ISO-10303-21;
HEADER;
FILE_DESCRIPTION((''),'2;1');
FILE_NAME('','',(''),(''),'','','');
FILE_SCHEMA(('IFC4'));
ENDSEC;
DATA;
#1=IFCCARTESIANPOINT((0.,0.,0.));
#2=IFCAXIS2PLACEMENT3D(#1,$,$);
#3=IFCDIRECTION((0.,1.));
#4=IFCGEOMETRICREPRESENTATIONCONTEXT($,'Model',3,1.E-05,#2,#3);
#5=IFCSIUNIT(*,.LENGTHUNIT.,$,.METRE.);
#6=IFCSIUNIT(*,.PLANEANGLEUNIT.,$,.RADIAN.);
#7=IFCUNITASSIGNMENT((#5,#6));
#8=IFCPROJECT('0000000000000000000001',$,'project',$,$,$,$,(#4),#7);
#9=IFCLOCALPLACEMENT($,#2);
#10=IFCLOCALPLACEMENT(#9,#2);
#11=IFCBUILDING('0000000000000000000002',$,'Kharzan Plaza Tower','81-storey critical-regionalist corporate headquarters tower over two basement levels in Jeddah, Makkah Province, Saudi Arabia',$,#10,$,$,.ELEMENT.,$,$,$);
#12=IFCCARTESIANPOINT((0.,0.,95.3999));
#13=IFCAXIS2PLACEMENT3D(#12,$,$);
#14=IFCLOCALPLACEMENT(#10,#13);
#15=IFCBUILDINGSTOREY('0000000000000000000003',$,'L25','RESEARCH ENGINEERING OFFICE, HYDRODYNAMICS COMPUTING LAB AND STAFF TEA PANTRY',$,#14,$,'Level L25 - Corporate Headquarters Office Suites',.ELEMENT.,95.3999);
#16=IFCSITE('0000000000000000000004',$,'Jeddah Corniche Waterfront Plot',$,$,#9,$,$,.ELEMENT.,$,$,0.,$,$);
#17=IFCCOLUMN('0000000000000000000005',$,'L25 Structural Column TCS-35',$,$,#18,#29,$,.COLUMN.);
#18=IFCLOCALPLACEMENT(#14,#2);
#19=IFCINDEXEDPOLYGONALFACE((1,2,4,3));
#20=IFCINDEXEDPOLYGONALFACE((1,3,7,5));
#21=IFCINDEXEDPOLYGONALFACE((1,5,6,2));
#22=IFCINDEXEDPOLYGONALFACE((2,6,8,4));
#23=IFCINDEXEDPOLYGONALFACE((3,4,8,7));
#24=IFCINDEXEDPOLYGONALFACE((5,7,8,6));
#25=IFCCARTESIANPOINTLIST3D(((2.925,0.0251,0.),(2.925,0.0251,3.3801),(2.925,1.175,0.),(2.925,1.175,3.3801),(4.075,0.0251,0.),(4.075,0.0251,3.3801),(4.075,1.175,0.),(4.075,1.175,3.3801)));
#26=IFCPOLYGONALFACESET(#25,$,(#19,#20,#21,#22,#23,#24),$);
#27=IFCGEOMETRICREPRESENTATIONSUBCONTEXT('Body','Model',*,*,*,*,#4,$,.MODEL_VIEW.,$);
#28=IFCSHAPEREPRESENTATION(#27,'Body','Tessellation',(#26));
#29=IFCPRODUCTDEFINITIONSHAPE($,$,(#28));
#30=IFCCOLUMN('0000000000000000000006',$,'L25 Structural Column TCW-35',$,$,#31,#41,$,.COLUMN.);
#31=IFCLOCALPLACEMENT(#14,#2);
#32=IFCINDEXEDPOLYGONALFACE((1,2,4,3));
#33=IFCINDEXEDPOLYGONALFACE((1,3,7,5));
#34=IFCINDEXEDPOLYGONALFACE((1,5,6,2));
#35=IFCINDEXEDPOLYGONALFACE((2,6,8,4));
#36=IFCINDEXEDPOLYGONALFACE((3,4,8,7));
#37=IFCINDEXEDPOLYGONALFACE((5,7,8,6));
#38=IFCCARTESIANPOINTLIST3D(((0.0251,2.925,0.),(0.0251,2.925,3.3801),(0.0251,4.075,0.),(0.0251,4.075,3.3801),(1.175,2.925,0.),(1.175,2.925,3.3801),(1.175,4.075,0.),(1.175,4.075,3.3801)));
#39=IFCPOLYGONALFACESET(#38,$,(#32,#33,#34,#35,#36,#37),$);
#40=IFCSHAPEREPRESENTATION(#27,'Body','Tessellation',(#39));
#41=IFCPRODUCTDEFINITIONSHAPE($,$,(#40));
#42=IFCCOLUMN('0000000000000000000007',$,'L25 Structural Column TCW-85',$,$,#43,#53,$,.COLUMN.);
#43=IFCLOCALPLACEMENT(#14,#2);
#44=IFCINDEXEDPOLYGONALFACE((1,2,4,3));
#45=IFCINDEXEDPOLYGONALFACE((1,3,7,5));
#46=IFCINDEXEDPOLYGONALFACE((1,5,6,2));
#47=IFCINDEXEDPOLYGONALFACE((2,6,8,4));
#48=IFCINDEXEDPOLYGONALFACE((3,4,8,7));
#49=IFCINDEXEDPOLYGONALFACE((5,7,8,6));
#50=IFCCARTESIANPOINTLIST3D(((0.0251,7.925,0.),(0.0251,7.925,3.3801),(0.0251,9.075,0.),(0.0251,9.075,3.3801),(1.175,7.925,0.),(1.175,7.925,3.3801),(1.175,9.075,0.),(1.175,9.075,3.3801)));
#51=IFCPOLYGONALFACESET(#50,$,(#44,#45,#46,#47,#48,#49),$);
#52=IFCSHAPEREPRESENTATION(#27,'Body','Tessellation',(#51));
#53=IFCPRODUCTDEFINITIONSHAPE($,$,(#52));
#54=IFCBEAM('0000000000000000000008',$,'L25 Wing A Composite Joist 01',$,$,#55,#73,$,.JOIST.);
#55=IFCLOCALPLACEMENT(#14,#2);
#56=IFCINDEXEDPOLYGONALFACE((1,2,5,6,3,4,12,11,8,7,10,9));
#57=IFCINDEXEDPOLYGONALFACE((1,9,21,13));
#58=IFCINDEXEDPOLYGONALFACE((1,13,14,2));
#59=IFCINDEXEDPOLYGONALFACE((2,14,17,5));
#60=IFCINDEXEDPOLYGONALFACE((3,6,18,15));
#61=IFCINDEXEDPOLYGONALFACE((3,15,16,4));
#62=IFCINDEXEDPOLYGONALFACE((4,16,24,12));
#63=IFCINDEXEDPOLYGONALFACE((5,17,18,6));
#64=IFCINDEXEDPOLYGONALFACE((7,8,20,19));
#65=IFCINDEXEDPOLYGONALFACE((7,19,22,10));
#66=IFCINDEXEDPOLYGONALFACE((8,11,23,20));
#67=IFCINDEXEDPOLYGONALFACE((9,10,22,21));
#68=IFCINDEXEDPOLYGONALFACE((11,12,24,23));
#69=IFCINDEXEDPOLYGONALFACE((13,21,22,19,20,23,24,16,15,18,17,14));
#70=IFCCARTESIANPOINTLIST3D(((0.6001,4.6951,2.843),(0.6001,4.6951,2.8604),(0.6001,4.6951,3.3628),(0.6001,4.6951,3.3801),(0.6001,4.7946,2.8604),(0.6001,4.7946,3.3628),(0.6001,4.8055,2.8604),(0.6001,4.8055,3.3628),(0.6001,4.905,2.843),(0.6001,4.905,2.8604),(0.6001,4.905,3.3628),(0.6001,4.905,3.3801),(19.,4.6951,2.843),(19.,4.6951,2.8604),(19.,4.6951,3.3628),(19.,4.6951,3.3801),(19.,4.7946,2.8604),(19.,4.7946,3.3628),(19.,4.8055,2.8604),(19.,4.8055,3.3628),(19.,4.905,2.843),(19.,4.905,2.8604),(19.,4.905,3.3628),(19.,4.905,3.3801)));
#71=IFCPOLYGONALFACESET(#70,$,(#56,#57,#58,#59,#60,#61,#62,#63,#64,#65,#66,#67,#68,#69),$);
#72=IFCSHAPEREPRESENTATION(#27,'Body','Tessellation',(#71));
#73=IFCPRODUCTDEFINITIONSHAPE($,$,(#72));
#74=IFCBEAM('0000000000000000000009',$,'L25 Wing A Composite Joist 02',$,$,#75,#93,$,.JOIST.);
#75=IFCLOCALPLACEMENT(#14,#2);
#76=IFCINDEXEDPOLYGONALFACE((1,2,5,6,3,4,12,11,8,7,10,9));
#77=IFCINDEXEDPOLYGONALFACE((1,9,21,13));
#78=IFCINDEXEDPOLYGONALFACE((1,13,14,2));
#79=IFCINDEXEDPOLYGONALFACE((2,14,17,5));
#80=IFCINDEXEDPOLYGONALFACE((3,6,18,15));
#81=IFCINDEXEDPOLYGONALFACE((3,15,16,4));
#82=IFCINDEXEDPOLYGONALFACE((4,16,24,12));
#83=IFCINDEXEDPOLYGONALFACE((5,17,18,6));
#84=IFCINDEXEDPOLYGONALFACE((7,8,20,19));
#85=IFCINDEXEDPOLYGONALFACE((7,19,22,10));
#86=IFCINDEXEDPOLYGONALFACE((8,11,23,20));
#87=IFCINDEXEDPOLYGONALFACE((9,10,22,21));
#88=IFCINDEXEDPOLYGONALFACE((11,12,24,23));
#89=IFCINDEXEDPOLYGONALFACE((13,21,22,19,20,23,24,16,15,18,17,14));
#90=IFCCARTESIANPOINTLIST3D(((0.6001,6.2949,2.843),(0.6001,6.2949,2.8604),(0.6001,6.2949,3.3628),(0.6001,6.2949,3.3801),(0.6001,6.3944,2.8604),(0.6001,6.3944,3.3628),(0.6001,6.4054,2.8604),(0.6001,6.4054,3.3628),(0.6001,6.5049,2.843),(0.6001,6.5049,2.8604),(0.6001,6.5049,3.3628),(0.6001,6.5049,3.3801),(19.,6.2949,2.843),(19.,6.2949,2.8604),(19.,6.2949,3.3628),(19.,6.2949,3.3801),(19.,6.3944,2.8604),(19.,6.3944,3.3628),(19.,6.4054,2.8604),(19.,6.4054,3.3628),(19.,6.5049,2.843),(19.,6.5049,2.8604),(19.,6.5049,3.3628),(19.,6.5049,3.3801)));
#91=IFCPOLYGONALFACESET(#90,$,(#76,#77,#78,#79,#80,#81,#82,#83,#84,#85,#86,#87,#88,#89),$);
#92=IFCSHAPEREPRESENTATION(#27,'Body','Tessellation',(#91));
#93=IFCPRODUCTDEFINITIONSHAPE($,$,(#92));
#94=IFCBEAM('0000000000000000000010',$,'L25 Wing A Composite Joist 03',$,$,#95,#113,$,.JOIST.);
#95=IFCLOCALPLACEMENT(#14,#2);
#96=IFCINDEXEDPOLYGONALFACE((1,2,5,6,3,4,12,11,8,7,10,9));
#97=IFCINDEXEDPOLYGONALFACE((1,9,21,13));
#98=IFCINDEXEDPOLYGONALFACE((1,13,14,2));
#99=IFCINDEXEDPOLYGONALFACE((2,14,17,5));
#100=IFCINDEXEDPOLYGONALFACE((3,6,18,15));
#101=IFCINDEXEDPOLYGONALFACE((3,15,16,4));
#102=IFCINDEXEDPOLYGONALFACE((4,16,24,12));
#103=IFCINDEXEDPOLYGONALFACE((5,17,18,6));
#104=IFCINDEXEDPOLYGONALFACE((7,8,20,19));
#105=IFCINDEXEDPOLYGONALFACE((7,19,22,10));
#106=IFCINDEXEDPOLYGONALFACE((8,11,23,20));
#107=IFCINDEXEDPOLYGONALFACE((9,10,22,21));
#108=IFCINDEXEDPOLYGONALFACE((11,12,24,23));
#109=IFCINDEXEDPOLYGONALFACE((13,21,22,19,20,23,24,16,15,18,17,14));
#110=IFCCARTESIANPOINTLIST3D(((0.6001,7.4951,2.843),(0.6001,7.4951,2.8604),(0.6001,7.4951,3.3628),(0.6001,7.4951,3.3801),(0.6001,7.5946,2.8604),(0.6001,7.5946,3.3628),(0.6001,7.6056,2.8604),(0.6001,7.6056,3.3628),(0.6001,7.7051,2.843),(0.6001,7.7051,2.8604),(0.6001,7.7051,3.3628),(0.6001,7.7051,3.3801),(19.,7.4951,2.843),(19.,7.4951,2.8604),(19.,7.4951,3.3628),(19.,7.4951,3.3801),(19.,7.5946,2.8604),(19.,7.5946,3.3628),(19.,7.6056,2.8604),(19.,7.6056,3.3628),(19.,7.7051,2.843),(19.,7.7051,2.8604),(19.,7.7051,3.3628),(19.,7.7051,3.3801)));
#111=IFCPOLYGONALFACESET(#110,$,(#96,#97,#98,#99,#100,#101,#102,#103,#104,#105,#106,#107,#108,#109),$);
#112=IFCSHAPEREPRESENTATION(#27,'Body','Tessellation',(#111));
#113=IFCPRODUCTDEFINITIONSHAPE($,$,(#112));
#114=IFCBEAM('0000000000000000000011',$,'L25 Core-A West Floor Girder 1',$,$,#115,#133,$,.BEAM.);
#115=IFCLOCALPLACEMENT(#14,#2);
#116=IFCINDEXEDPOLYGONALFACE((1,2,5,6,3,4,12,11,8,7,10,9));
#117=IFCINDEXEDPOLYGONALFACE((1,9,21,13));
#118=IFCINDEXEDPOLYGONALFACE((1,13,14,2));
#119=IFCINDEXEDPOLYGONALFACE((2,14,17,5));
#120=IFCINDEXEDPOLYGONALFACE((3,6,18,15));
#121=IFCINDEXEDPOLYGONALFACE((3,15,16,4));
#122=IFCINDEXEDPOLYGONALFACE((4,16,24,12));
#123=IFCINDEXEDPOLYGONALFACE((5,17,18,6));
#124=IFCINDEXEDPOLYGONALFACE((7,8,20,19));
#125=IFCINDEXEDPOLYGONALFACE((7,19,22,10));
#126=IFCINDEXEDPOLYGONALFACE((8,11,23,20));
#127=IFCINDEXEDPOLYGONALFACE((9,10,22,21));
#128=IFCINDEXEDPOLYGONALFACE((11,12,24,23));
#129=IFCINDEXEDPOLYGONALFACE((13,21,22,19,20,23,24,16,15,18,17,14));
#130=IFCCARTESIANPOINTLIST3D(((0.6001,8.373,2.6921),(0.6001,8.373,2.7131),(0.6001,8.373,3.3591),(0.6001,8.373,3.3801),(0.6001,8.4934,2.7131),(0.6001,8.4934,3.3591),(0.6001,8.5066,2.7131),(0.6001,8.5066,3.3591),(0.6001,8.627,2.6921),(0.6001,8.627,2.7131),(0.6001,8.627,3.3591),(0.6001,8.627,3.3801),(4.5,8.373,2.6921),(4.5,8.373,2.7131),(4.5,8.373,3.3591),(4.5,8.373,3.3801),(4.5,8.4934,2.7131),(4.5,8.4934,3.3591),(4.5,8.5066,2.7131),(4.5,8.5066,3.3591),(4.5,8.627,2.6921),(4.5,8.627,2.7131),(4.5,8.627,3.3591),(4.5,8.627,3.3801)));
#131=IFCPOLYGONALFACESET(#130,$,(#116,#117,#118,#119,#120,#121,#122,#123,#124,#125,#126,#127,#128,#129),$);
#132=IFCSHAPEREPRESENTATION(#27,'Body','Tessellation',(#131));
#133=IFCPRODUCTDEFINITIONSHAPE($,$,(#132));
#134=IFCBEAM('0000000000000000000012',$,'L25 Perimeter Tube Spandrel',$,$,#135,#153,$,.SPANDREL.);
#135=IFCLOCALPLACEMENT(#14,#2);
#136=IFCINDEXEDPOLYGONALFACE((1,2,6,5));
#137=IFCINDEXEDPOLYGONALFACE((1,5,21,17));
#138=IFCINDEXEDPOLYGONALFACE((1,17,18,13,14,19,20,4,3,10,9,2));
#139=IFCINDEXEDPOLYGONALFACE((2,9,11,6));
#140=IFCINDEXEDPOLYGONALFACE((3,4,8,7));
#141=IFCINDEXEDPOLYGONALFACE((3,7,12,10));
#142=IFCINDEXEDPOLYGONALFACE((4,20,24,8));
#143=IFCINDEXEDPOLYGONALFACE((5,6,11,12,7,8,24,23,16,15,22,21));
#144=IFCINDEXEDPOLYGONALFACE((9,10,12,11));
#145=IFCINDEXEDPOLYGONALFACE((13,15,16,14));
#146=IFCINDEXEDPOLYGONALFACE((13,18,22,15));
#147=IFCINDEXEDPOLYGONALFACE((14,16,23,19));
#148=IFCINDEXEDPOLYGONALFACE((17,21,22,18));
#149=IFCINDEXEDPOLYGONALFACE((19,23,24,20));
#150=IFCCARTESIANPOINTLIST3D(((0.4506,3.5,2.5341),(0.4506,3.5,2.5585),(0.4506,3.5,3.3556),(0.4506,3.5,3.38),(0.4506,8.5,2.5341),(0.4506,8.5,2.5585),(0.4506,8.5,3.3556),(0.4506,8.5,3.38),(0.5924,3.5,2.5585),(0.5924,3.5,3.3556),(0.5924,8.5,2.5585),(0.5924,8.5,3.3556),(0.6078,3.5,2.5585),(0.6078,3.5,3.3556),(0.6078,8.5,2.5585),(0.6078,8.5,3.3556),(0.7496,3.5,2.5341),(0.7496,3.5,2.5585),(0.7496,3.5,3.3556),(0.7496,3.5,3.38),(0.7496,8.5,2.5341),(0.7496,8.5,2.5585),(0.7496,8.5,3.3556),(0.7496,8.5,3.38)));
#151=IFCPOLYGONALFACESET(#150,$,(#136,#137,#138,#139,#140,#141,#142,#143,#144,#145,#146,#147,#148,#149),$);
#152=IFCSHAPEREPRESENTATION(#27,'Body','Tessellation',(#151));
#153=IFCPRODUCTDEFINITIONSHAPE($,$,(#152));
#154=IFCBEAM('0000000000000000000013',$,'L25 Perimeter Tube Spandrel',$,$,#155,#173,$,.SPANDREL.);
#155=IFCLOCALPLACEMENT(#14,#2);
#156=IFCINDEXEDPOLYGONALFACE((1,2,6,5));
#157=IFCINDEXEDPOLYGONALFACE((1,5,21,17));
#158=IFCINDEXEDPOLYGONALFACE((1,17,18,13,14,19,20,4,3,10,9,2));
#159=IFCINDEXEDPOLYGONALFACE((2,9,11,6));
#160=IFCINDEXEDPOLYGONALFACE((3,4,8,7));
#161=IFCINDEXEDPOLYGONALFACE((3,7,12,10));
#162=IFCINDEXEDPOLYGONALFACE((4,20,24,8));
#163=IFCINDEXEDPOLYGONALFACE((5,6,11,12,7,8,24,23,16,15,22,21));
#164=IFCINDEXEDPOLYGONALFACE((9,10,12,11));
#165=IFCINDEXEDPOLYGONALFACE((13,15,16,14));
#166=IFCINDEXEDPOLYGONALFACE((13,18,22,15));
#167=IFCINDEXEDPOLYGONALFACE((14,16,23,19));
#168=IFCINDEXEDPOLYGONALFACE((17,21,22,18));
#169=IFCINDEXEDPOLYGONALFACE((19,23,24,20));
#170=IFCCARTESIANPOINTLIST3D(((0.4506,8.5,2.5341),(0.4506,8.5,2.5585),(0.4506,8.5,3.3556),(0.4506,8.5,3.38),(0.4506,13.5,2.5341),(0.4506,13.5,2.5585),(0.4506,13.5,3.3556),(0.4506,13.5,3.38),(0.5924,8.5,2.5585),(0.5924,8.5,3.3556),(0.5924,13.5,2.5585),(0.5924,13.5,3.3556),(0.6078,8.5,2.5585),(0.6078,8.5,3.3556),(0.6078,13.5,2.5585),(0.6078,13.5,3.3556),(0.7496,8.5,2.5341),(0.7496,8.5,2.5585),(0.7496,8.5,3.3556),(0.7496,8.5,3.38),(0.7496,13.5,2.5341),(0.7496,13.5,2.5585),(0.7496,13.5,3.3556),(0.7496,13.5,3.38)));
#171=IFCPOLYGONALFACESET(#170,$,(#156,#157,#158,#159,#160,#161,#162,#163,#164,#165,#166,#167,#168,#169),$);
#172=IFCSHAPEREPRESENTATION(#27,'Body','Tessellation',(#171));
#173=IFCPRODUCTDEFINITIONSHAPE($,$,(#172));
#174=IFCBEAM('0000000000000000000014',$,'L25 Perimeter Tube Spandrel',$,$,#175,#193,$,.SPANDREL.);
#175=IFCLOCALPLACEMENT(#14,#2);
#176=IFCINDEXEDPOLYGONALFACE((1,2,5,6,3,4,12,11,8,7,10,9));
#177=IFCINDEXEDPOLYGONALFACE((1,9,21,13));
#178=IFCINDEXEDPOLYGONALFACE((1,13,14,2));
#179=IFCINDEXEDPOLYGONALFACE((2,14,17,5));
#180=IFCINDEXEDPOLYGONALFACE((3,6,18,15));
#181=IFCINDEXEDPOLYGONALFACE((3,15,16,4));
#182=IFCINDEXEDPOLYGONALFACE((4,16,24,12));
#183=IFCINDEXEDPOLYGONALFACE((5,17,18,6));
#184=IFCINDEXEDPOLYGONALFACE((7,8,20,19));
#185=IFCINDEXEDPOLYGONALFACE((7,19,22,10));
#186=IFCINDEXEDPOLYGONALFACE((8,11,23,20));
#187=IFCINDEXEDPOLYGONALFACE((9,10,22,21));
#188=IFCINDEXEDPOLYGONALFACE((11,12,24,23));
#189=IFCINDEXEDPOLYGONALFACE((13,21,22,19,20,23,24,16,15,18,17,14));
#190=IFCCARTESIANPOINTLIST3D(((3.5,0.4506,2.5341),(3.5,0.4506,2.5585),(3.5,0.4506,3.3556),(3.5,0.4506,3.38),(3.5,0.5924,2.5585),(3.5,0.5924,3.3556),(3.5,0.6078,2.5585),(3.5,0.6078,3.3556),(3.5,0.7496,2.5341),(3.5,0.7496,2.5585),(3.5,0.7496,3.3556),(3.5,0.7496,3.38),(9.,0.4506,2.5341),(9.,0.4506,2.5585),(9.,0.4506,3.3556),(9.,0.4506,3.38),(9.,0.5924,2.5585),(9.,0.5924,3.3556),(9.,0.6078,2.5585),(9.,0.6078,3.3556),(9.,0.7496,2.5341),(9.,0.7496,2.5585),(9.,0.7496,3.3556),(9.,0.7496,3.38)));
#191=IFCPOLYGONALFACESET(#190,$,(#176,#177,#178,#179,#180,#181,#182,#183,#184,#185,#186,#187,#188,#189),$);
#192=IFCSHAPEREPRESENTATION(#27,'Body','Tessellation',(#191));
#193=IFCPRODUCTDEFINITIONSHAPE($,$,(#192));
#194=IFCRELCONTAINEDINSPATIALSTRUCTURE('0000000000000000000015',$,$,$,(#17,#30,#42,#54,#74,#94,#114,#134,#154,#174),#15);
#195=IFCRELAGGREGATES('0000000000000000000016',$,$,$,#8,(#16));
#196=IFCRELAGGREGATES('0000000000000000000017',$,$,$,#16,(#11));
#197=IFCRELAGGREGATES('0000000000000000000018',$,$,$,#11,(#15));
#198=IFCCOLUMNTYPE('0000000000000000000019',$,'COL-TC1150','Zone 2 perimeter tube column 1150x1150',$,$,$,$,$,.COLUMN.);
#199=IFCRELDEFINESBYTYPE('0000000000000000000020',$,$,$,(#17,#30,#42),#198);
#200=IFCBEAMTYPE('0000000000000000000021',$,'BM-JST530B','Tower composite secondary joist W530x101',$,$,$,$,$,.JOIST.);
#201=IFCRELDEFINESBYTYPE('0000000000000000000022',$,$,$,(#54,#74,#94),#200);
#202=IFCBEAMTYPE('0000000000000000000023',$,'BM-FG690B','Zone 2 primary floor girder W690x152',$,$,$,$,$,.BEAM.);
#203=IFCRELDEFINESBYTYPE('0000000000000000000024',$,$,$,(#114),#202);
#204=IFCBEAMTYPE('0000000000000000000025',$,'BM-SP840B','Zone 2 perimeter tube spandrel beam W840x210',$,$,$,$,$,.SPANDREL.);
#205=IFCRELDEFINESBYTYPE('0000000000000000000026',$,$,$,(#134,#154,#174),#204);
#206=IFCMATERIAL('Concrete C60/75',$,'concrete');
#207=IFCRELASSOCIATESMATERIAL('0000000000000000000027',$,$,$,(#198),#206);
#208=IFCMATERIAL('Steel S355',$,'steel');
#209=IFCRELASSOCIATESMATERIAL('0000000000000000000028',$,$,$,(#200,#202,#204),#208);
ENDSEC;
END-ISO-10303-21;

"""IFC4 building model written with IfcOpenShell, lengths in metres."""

from ifc_helpers import new_model, si_unit, direction, frame, origin, origin_2d, place, context, subcontext, project, spatial, rectangle, i_section, extrude, source, transform, mapped, material, material_profile, profile_set, type_object, element, save


model = new_model("IFC4")

# Units and contexts
model_context = context("Model", 3, precision=1e-05, world=origin(), true_north=direction((0.0, 1.0)))
body_context = subcontext(model_context, "Body", "Model", "MODEL_VIEW")
ifc_project = project(units=[si_unit("LENGTHUNIT", "METRE"), si_unit("PLANEANGLEUNIT", "RADIAN")], contexts=[model_context])

# Site, building, storey
site_placement = place(None, origin())
site = spatial("IfcSite", under=ifc_project, at=site_placement, Name="Jeddah Corniche Waterfront Plot", CompositionType="ELEMENT", RefElevation=0.0)
building_placement = place(site_placement, origin())
building = spatial("IfcBuilding", under=site, at=building_placement, Name="Kharzan Plaza Tower", Description="81-storey critical-regionalist corporate headquarters tower over two basement levels in Jeddah, Makkah Province, Saudi Arabia", CompositionType="ELEMENT")
storey_placement = place(building_placement, frame((0.0, 0.0, 95.3999)))
storey = spatial("IfcBuildingStorey", under=building, at=storey_placement, Name="L25", Description="RESEARCH ENGINEERING OFFICE, HYDRODYNAMICS COMPUTING LAB AND STAFF TEA PANTRY", LongName="Level L25 - Corporate Headquarters Office Suites", CompositionType="ELEMENT", Elevation=95.3999)

# Columns
ifc_material_1 = material(Name="Concrete C60/75", Category="concrete")
ifc_material_profile_1 = material_profile(ifc_material_1, rectangle(XDim=1.1499, YDim=1.1499, at=origin_2d()), Name="RC-TC1150x1150")
ifc_profile_set_1 = profile_set([ifc_material_profile_1], Name="Concrete C60/75")
column_type = type_object("IfcColumnType", Name="COL-TC1150", Description="Zone 2 perimeter tube column 1150x1150", PredefinedType="COLUMN", material=ifc_profile_set_1)
shared_shape_1 = source(origin(), body_context, "Body", "SweptSolid", [
    extrude(rectangle(XDim=1.1499, YDim=1.1499, at=origin_2d()), origin(), (0.0, 0.0, 1.0), 3.3801),
])
for number, where, z_axis, x_axis, name in (
    (1, (3.5, 0.6001, 0.0), (0.0, 0.0, 1.0), (1.0, 0.0, 0.0), "L25 Structural Column TCS-35"),
    (2, (0.6001, 3.5, 0.0), (0.0, 0.0, 1.0), (1.0, 0.0, 0.0), "L25 Structural Column TCW-35"),
    (3, (0.6001, 8.5, 0.0), (0.0, 0.0, 1.0), (1.0, 0.0, 0.0), "L25 Structural Column TCW-85"),
):
    element("IfcColumn", number, at=place(storey_placement, frame(where, z_axis=z_axis, x_axis=x_axis)), inside=storey, type_object=column_type, Name=name, PredefinedType="COLUMN", context=body_context, shape_type="MappedRepresentation", body=[
        mapped(shared_shape_1, transform((0.0, 0.0, 0.0), x_axis=(1.0, 0.0, 0.0), y_axis=(0.0, 1.0, 0.0), z_axis=(0.0, 0.0, 1.0))),
    ])

# Beams
ifc_material_2 = material(Name="Steel S355", Category="steel")
ifc_material_profile_2 = material_profile(ifc_material_2, i_section(OverallWidth=0.21, OverallDepth=0.5371, WebThickness=0.011, FlangeThickness=0.0173, at=origin_2d()), Name="W530x101")
ifc_profile_set_2 = profile_set([ifc_material_profile_2], Name="Steel S355")
beam_type_1 = type_object("IfcBeamType", Name="BM-JST530B", Description="Tower composite secondary joist W530x101", PredefinedType="JOIST", material=ifc_profile_set_2)
shared_shape_2 = source(origin(), body_context, "Body", "SweptSolid", [
    extrude(i_section(OverallWidth=0.21, OverallDepth=0.5371, WebThickness=0.011, FlangeThickness=0.0173, at=origin_2d()), origin(), (0.0, 0.0, 1.0), 18.3999),
])
for number, where, z_axis, x_axis, name in (
    (4, (0.6001, 4.8, 3.1116), (1.0, 0.0, 0.0), (0.0, 1.0, 0.0), "L25 Wing A Composite Joist 01"),
    (5, (0.6001, 6.3999, 3.1116), (1.0, 0.0, 0.0), (0.0, 1.0, 0.0), "L25 Wing A Composite Joist 02"),
    (6, (0.6001, 7.6001, 3.1116), (1.0, 0.0, 0.0), (0.0, 1.0, 0.0), "L25 Wing A Composite Joist 03"),
):
    element("IfcBeam", number, at=place(storey_placement, frame(where, z_axis=z_axis, x_axis=x_axis)), inside=storey, type_object=beam_type_1, Name=name, PredefinedType="JOIST", context=body_context, shape_type="MappedRepresentation", body=[
        mapped(shared_shape_2, transform((0.0, 0.0, 0.0), x_axis=(1.0, 0.0, 0.0), y_axis=(0.0, 1.0, 0.0), z_axis=(0.0, 0.0, 1.0))),
    ])
ifc_material_profile_3 = material_profile(ifc_material_2, i_section(OverallWidth=0.2539, OverallDepth=0.688, WebThickness=0.0132, FlangeThickness=0.021, at=origin_2d()), Name="W690x152")
ifc_profile_set_3 = profile_set([ifc_material_profile_3], Name="Steel S355")
beam_type_2 = type_object("IfcBeamType", Name="BM-FG690B", Description="Zone 2 primary floor girder W690x152", PredefinedType="BEAM", material=ifc_profile_set_3)
shared_shape_3 = source(origin(), body_context, "Body", "SweptSolid", [
    extrude(i_section(OverallWidth=0.2539, OverallDepth=0.688, WebThickness=0.0132, FlangeThickness=0.021, at=origin_2d()), origin(), (0.0, 0.0, 1.0), 3.8999),
])
beam_1_placement = place(storey_placement, frame((0.6001, 8.5, 3.0361), z_axis=(1.0, 0.0, 0.0), x_axis=(0.0, 1.0, 0.0)))
element("IfcBeam", 7, at=beam_1_placement, inside=storey, type_object=beam_type_2, Name="L25 Core-A West Floor Girder 1", PredefinedType="BEAM", context=body_context, shape_type="MappedRepresentation", body=[
    mapped(shared_shape_3, transform((0.0, 0.0, 0.0), x_axis=(1.0, 0.0, 0.0), y_axis=(0.0, 1.0, 0.0), z_axis=(0.0, 0.0, 1.0))),
])
ifc_material_profile_4 = material_profile(ifc_material_2, i_section(OverallWidth=0.2991, OverallDepth=0.8459, WebThickness=0.0154, FlangeThickness=0.0244, at=origin_2d()), Name="W840x210")
ifc_profile_set_4 = profile_set([ifc_material_profile_4], Name="Steel S355")
beam_type_3 = type_object("IfcBeamType", Name="BM-SP840B", Description="Zone 2 perimeter tube spandrel beam W840x210", PredefinedType="SPANDREL", material=ifc_profile_set_4)
shared_shape_4 = source(origin(), body_context, "Body", "SweptSolid", [
    extrude(i_section(OverallWidth=0.2991, OverallDepth=0.8459, WebThickness=0.0154, FlangeThickness=0.0244, at=origin_2d()), origin(), (0.0, 0.0, 1.0), 5.0),
])
for number, where, z_axis, x_axis, name in (
    (8, (0.6001, 3.5, 2.957), (0.0, 1.0, 0.0), (-1.0, 0.0, 0.0), "L25 Perimeter Tube Spandrel"),
    (9, (0.6001, 8.5, 2.957), (0.0, 1.0, 0.0), (-1.0, 0.0, 0.0), "L25 Perimeter Tube Spandrel"),
):
    element("IfcBeam", number, at=place(storey_placement, frame(where, z_axis=z_axis, x_axis=x_axis)), inside=storey, type_object=beam_type_3, Name=name, PredefinedType="SPANDREL", context=body_context, shape_type="MappedRepresentation", body=[
        mapped(shared_shape_4, transform((0.0, 0.0, 0.0), x_axis=(1.0, 0.0, 0.0), y_axis=(0.0, 1.0, 0.0), z_axis=(0.0, 0.0, 1.0))),
    ])
shared_shape_5 = source(origin(), body_context, "Body", "SweptSolid", [
    extrude(i_section(OverallWidth=0.2991, OverallDepth=0.8459, WebThickness=0.0154, FlangeThickness=0.0244, at=origin_2d()), origin(), (0.0, 0.0, 1.0), 5.5),
])
beam_2_placement = place(storey_placement, frame((3.5, 0.6001, 2.957), z_axis=(1.0, 0.0, 0.0), x_axis=(0.0, 1.0, 0.0)))
element("IfcBeam", 10, at=beam_2_placement, inside=storey, type_object=beam_type_3, Name="L25 Perimeter Tube Spandrel", PredefinedType="SPANDREL", context=body_context, shape_type="MappedRepresentation", body=[
    mapped(shared_shape_5, transform((0.0, 0.0, 0.0), x_axis=(1.0, 0.0, 0.0), y_axis=(0.0, 1.0, 0.0), z_axis=(0.0, 0.0, 1.0))),
])

save(model, "model.ifc")
